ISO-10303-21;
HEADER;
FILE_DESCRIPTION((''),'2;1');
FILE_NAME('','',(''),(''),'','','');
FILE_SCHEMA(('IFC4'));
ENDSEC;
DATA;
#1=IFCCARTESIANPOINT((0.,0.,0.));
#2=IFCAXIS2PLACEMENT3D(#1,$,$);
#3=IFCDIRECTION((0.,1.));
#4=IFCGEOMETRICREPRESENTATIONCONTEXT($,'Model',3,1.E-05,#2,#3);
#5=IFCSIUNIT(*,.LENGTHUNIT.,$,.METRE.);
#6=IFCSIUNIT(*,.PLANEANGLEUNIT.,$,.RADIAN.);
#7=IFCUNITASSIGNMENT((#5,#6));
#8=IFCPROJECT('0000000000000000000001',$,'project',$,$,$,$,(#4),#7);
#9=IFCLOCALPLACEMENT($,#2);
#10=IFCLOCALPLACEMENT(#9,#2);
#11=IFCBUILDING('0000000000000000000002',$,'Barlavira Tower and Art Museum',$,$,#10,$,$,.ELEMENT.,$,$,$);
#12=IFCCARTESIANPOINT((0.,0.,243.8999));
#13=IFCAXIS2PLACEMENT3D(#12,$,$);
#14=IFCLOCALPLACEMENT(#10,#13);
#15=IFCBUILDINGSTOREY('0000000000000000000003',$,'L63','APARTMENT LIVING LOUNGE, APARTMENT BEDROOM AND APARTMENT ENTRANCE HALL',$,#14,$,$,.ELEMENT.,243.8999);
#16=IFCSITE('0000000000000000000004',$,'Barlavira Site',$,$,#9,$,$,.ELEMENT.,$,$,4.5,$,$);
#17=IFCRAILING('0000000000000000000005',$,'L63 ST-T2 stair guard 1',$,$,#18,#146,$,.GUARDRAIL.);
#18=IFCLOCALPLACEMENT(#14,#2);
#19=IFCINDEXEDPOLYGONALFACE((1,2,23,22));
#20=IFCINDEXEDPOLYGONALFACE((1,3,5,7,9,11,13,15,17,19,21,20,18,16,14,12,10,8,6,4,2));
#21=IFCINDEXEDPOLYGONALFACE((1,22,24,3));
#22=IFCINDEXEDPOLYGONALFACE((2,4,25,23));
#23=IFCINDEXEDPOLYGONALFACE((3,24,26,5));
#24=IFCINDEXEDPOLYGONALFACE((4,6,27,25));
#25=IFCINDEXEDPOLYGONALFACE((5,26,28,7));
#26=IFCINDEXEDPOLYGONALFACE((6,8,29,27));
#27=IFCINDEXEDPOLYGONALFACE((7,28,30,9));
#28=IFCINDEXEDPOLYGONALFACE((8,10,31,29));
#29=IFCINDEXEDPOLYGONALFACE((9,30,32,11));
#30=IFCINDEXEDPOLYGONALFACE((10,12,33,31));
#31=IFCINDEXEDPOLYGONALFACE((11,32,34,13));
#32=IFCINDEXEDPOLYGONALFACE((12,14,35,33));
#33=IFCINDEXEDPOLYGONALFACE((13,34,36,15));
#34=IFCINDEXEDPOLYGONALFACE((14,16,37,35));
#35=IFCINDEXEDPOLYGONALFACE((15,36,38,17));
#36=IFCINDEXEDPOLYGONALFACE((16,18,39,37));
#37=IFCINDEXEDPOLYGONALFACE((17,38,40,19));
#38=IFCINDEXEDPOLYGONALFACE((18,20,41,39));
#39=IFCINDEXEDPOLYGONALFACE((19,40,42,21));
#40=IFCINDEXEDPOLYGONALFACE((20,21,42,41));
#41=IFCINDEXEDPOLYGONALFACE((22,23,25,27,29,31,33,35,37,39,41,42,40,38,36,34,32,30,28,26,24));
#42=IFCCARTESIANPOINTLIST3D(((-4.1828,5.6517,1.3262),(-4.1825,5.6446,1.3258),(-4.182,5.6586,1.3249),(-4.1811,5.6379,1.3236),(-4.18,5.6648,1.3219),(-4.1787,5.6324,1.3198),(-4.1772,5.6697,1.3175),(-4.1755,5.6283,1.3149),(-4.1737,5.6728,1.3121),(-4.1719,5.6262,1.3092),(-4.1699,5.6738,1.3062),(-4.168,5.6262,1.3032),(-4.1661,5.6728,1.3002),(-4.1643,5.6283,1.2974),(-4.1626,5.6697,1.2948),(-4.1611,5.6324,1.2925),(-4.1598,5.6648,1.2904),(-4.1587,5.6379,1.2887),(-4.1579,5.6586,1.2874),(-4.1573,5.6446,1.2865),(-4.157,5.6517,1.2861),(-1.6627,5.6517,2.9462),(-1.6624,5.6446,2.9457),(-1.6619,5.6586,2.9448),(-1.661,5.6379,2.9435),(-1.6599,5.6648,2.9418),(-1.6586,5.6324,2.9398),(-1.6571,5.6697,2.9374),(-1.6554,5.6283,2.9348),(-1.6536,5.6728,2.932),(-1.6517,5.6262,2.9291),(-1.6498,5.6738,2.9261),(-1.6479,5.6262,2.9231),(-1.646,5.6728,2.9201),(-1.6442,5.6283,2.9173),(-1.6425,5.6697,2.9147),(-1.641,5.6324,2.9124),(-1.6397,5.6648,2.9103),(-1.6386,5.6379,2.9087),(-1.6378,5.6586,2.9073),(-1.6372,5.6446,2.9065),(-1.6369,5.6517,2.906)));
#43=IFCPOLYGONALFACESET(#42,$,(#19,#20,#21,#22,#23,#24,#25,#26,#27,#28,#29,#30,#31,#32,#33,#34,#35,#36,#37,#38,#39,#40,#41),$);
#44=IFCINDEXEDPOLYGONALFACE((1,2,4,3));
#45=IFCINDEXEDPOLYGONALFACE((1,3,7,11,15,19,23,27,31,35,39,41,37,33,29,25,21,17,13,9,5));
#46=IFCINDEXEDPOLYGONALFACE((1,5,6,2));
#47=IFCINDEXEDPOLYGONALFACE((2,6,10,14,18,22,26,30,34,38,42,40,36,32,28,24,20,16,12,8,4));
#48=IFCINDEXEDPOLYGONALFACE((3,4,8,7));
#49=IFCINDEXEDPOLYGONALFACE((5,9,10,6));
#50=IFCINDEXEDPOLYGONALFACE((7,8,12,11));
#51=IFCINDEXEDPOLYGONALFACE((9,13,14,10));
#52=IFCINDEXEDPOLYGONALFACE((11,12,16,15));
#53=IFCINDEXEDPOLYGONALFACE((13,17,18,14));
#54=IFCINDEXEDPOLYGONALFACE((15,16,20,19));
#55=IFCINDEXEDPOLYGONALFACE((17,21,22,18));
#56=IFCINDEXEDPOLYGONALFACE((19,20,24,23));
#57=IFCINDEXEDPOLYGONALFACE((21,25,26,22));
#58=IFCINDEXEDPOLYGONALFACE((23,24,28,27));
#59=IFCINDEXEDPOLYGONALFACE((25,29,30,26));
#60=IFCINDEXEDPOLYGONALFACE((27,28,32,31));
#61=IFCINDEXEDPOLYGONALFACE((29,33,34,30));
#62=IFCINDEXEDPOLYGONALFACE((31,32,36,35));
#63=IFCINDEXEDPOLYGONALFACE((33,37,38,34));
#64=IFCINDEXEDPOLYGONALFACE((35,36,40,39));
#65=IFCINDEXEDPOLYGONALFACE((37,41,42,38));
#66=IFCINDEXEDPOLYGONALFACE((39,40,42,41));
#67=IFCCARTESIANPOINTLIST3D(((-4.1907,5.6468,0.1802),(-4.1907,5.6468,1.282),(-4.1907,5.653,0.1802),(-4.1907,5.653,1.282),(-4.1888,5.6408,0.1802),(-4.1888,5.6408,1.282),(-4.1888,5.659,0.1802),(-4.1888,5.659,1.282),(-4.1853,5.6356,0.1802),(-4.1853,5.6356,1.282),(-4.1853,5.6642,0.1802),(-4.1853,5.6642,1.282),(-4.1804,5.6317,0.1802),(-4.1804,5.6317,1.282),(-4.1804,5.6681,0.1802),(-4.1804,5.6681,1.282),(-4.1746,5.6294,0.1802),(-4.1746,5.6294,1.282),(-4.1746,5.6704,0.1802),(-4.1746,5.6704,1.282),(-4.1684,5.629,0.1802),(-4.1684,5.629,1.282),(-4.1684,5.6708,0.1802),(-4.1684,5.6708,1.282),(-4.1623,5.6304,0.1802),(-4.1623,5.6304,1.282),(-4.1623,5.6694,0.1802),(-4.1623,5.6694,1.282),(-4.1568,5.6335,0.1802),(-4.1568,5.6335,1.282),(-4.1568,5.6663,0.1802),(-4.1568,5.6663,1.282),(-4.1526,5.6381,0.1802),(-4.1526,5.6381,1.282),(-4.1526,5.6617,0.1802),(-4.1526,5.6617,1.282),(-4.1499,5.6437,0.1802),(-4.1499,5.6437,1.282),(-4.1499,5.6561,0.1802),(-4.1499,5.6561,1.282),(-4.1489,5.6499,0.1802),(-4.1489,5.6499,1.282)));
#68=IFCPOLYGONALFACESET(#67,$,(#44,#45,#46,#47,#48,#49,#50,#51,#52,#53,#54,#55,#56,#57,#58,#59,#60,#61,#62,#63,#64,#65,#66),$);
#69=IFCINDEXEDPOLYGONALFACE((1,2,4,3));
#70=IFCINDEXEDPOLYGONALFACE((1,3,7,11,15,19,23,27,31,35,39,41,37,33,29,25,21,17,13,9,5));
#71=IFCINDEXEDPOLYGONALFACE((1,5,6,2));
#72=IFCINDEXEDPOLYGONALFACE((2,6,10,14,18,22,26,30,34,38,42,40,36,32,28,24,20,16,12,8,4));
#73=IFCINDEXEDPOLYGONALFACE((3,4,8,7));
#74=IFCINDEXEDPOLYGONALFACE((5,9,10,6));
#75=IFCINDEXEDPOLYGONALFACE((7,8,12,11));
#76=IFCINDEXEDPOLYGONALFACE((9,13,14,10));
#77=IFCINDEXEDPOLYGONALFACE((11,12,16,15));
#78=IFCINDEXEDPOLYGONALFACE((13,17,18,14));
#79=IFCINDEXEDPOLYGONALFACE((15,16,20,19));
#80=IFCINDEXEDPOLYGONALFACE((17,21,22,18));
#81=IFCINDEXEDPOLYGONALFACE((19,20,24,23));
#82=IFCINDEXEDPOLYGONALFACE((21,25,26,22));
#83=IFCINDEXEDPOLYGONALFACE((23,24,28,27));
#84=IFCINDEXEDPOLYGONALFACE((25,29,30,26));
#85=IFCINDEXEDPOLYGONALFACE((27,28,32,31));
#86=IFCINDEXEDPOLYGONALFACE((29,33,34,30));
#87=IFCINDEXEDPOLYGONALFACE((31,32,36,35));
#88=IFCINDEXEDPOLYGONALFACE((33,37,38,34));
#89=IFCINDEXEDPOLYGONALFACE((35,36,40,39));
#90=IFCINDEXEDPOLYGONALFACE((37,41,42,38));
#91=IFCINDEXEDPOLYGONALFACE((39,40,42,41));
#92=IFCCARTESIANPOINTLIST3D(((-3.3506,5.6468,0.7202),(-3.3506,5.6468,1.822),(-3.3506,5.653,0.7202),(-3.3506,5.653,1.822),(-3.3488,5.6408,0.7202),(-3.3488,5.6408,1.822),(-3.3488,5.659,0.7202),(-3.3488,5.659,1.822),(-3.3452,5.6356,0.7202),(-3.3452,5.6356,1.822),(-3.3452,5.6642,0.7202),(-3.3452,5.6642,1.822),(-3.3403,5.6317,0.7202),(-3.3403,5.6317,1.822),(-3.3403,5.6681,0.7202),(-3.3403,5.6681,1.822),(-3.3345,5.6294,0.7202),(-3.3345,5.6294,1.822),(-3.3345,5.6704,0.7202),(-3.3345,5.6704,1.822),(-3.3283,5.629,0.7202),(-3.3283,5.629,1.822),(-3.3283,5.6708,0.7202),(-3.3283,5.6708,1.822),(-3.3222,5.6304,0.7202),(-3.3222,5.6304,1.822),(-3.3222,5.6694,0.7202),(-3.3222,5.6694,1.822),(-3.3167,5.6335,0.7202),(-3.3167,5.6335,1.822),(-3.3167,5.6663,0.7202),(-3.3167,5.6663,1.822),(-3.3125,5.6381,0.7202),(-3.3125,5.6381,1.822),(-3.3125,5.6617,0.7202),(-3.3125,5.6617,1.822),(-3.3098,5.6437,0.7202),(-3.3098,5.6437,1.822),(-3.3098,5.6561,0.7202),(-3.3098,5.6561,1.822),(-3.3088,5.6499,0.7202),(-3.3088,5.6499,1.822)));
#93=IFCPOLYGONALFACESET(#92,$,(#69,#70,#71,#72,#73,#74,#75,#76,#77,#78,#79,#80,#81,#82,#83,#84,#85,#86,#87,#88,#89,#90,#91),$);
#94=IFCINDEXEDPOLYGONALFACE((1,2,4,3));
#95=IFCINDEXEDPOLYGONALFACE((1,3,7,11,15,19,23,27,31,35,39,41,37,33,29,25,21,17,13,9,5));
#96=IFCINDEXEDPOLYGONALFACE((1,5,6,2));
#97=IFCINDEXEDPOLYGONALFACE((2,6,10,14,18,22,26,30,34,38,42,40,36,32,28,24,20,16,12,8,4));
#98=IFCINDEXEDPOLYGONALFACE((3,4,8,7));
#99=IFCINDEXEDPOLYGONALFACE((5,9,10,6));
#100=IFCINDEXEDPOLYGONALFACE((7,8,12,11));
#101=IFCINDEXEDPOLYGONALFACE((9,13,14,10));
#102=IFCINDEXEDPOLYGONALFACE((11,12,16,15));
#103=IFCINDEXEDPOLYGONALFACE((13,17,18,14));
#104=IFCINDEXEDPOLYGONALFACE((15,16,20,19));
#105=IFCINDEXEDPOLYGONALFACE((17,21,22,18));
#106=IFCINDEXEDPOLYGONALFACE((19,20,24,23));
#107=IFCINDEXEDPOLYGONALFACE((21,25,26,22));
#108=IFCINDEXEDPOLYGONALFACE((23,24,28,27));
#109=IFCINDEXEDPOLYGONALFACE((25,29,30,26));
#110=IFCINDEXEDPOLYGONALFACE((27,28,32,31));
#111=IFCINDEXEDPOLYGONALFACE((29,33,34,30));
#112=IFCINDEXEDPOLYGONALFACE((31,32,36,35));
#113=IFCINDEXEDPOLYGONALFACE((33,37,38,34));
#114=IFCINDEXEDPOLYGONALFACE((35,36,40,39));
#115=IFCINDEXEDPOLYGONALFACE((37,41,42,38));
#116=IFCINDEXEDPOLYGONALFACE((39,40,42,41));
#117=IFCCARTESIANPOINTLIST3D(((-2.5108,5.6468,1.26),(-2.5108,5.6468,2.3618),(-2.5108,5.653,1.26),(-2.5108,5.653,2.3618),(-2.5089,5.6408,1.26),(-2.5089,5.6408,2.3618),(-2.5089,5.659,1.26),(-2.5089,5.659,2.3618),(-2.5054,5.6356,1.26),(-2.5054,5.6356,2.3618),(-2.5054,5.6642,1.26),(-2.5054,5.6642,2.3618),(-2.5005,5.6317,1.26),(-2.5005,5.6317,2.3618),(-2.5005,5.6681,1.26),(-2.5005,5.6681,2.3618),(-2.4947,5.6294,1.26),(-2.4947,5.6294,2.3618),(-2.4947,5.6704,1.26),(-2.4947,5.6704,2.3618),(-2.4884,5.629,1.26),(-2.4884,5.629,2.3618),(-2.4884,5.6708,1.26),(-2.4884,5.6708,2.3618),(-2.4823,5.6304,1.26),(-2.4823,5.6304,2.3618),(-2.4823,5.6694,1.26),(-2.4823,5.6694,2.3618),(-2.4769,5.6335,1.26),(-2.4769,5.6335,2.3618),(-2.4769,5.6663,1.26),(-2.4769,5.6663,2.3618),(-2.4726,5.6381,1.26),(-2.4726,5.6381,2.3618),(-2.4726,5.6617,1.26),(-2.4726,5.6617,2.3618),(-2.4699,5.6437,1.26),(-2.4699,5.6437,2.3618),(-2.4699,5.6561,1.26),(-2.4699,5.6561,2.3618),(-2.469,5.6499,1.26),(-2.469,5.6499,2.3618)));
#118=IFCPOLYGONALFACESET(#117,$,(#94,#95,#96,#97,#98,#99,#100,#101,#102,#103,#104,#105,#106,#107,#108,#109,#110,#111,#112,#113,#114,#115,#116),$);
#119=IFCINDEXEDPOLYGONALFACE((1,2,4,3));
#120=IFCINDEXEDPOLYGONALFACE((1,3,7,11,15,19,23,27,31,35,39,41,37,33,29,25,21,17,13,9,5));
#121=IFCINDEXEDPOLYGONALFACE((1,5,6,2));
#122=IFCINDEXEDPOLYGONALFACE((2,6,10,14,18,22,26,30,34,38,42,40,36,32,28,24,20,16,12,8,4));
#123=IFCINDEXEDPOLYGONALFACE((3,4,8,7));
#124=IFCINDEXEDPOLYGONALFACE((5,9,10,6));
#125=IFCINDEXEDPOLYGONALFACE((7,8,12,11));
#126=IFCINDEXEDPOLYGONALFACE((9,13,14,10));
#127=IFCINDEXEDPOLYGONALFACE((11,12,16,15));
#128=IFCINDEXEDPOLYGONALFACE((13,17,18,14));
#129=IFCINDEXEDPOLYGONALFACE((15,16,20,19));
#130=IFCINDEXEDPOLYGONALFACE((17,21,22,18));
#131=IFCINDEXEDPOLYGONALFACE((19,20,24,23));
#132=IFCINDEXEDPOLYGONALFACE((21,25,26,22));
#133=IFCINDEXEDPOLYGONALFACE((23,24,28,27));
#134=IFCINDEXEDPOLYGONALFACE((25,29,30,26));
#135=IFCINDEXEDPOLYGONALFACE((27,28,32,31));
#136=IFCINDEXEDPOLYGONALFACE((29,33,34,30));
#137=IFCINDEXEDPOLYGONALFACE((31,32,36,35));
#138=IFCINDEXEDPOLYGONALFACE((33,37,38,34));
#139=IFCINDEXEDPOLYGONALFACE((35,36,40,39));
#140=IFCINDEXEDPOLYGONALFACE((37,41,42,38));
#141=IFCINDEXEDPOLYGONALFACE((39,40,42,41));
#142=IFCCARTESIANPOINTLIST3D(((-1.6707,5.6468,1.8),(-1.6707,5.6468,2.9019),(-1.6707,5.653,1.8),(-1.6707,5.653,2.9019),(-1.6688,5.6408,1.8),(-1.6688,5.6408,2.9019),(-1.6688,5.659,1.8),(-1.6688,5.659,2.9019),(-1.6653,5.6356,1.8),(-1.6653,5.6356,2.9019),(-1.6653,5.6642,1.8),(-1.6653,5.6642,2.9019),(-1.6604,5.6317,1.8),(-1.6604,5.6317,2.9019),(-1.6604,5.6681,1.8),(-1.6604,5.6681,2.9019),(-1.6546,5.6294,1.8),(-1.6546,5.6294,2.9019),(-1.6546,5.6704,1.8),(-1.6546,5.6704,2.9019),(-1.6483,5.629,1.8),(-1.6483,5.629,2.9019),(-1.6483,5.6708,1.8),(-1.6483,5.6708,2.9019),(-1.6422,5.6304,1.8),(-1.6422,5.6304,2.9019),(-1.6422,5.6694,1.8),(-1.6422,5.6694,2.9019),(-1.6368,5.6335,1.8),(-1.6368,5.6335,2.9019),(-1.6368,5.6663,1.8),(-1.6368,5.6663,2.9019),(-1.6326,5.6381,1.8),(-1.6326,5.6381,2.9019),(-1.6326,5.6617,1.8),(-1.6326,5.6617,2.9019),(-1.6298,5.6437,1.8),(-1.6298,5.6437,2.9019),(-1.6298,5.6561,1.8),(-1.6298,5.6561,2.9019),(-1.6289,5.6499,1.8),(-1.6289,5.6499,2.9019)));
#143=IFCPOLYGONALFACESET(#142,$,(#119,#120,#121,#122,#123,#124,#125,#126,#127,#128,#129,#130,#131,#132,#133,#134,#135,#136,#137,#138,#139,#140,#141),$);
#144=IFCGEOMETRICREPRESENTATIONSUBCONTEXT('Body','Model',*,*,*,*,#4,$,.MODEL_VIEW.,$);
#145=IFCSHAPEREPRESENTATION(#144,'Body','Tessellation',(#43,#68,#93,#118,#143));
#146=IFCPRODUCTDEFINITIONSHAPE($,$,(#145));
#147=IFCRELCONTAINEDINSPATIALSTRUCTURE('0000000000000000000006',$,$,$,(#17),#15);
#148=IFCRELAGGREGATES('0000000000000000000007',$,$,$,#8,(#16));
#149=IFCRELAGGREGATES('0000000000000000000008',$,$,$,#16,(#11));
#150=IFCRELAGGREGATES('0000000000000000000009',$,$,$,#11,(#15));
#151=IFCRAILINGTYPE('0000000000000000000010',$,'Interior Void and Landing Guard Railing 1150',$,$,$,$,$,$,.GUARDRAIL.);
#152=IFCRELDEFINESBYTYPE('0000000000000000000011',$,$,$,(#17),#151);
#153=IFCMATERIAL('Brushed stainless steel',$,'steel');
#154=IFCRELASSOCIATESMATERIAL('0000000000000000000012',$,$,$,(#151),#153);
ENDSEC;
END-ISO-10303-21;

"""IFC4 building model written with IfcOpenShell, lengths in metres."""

from ifc_helpers import new_model, si_unit, direction, frame, origin, origin_2d, place, context, subcontext, project, spatial, circle, extrude, material, type_object, element, save


model = new_model("IFC4")

# Units and contexts
model_context = context("Model", 3, precision=1e-05, world=origin(), true_north=direction((0.0, 1.0)))
body_context = subcontext(model_context, "Body", "Model", "MODEL_VIEW")
ifc_project = project(units=[si_unit("LENGTHUNIT", "METRE"), si_unit("PLANEANGLEUNIT", "RADIAN")], contexts=[model_context])

# Site, building, storey
site_placement = place(None, origin())
site = spatial("IfcSite", under=ifc_project, at=site_placement, Name="Barlavira Site", CompositionType="ELEMENT", RefElevation=4.5)
building_placement = place(site_placement, origin())
building = spatial("IfcBuilding", under=site, at=building_placement, Name="Barlavira Tower and Art Museum", CompositionType="ELEMENT")
storey_placement = place(building_placement, frame((0.0, 0.0, 243.8999)))
storey = spatial("IfcBuildingStorey", under=building, at=storey_placement, Name="L63", Description="APARTMENT LIVING LOUNGE, APARTMENT BEDROOM AND APARTMENT ENTRANCE HALL", CompositionType="ELEMENT", Elevation=243.8999)

# Shared definitions
ifc_material_1 = material(Name="Brushed stainless steel", Category="steel")

# Railing
railing_type_1 = type_object("IfcRailingType", Name="Interior Void and Landing Guard Railing 1150", PredefinedType="GUARDRAIL", material=ifc_material_1)
railing_1_placement = place(storey_placement, frame((-4.1699, 5.6499, 0.1802)))
element("IfcRailing", 1, at=railing_1_placement, inside=storey, type_object=railing_type_1, Name="L63 ST-T2 stair guard 1", PredefinedType="GUARDRAIL", context=body_context, shape_type="SweptSolid", body=[
    extrude(circle(Radius=0.0239, at=origin_2d()), frame((0.0, 0.0, 1.126), z_axis=(0.8412, 0.0, 0.540725), x_axis=(0.0, 1.0, 0.0)), (0.0, 0.0, 1.0), 2.9958),
    extrude(circle(Radius=0.021, at=origin_2d()), origin(), (0.0, 0.0, 1.0), 1.1018),
    extrude(circle(Radius=0.021, at=origin_2d()), frame((0.8401, 0.0, 0.54)), (0.0, 0.0, 1.0), 1.1018),
    extrude(circle(Radius=0.021, at=origin_2d()), frame((1.6799, 0.0, 1.0798)), (0.0, 0.0, 1.0), 1.1018),
    extrude(circle(Radius=0.021, at=origin_2d()), frame((2.52, 0.0, 1.6199)), (0.0, 0.0, 1.0), 1.1018),
])

save(model, "model.ifc")
